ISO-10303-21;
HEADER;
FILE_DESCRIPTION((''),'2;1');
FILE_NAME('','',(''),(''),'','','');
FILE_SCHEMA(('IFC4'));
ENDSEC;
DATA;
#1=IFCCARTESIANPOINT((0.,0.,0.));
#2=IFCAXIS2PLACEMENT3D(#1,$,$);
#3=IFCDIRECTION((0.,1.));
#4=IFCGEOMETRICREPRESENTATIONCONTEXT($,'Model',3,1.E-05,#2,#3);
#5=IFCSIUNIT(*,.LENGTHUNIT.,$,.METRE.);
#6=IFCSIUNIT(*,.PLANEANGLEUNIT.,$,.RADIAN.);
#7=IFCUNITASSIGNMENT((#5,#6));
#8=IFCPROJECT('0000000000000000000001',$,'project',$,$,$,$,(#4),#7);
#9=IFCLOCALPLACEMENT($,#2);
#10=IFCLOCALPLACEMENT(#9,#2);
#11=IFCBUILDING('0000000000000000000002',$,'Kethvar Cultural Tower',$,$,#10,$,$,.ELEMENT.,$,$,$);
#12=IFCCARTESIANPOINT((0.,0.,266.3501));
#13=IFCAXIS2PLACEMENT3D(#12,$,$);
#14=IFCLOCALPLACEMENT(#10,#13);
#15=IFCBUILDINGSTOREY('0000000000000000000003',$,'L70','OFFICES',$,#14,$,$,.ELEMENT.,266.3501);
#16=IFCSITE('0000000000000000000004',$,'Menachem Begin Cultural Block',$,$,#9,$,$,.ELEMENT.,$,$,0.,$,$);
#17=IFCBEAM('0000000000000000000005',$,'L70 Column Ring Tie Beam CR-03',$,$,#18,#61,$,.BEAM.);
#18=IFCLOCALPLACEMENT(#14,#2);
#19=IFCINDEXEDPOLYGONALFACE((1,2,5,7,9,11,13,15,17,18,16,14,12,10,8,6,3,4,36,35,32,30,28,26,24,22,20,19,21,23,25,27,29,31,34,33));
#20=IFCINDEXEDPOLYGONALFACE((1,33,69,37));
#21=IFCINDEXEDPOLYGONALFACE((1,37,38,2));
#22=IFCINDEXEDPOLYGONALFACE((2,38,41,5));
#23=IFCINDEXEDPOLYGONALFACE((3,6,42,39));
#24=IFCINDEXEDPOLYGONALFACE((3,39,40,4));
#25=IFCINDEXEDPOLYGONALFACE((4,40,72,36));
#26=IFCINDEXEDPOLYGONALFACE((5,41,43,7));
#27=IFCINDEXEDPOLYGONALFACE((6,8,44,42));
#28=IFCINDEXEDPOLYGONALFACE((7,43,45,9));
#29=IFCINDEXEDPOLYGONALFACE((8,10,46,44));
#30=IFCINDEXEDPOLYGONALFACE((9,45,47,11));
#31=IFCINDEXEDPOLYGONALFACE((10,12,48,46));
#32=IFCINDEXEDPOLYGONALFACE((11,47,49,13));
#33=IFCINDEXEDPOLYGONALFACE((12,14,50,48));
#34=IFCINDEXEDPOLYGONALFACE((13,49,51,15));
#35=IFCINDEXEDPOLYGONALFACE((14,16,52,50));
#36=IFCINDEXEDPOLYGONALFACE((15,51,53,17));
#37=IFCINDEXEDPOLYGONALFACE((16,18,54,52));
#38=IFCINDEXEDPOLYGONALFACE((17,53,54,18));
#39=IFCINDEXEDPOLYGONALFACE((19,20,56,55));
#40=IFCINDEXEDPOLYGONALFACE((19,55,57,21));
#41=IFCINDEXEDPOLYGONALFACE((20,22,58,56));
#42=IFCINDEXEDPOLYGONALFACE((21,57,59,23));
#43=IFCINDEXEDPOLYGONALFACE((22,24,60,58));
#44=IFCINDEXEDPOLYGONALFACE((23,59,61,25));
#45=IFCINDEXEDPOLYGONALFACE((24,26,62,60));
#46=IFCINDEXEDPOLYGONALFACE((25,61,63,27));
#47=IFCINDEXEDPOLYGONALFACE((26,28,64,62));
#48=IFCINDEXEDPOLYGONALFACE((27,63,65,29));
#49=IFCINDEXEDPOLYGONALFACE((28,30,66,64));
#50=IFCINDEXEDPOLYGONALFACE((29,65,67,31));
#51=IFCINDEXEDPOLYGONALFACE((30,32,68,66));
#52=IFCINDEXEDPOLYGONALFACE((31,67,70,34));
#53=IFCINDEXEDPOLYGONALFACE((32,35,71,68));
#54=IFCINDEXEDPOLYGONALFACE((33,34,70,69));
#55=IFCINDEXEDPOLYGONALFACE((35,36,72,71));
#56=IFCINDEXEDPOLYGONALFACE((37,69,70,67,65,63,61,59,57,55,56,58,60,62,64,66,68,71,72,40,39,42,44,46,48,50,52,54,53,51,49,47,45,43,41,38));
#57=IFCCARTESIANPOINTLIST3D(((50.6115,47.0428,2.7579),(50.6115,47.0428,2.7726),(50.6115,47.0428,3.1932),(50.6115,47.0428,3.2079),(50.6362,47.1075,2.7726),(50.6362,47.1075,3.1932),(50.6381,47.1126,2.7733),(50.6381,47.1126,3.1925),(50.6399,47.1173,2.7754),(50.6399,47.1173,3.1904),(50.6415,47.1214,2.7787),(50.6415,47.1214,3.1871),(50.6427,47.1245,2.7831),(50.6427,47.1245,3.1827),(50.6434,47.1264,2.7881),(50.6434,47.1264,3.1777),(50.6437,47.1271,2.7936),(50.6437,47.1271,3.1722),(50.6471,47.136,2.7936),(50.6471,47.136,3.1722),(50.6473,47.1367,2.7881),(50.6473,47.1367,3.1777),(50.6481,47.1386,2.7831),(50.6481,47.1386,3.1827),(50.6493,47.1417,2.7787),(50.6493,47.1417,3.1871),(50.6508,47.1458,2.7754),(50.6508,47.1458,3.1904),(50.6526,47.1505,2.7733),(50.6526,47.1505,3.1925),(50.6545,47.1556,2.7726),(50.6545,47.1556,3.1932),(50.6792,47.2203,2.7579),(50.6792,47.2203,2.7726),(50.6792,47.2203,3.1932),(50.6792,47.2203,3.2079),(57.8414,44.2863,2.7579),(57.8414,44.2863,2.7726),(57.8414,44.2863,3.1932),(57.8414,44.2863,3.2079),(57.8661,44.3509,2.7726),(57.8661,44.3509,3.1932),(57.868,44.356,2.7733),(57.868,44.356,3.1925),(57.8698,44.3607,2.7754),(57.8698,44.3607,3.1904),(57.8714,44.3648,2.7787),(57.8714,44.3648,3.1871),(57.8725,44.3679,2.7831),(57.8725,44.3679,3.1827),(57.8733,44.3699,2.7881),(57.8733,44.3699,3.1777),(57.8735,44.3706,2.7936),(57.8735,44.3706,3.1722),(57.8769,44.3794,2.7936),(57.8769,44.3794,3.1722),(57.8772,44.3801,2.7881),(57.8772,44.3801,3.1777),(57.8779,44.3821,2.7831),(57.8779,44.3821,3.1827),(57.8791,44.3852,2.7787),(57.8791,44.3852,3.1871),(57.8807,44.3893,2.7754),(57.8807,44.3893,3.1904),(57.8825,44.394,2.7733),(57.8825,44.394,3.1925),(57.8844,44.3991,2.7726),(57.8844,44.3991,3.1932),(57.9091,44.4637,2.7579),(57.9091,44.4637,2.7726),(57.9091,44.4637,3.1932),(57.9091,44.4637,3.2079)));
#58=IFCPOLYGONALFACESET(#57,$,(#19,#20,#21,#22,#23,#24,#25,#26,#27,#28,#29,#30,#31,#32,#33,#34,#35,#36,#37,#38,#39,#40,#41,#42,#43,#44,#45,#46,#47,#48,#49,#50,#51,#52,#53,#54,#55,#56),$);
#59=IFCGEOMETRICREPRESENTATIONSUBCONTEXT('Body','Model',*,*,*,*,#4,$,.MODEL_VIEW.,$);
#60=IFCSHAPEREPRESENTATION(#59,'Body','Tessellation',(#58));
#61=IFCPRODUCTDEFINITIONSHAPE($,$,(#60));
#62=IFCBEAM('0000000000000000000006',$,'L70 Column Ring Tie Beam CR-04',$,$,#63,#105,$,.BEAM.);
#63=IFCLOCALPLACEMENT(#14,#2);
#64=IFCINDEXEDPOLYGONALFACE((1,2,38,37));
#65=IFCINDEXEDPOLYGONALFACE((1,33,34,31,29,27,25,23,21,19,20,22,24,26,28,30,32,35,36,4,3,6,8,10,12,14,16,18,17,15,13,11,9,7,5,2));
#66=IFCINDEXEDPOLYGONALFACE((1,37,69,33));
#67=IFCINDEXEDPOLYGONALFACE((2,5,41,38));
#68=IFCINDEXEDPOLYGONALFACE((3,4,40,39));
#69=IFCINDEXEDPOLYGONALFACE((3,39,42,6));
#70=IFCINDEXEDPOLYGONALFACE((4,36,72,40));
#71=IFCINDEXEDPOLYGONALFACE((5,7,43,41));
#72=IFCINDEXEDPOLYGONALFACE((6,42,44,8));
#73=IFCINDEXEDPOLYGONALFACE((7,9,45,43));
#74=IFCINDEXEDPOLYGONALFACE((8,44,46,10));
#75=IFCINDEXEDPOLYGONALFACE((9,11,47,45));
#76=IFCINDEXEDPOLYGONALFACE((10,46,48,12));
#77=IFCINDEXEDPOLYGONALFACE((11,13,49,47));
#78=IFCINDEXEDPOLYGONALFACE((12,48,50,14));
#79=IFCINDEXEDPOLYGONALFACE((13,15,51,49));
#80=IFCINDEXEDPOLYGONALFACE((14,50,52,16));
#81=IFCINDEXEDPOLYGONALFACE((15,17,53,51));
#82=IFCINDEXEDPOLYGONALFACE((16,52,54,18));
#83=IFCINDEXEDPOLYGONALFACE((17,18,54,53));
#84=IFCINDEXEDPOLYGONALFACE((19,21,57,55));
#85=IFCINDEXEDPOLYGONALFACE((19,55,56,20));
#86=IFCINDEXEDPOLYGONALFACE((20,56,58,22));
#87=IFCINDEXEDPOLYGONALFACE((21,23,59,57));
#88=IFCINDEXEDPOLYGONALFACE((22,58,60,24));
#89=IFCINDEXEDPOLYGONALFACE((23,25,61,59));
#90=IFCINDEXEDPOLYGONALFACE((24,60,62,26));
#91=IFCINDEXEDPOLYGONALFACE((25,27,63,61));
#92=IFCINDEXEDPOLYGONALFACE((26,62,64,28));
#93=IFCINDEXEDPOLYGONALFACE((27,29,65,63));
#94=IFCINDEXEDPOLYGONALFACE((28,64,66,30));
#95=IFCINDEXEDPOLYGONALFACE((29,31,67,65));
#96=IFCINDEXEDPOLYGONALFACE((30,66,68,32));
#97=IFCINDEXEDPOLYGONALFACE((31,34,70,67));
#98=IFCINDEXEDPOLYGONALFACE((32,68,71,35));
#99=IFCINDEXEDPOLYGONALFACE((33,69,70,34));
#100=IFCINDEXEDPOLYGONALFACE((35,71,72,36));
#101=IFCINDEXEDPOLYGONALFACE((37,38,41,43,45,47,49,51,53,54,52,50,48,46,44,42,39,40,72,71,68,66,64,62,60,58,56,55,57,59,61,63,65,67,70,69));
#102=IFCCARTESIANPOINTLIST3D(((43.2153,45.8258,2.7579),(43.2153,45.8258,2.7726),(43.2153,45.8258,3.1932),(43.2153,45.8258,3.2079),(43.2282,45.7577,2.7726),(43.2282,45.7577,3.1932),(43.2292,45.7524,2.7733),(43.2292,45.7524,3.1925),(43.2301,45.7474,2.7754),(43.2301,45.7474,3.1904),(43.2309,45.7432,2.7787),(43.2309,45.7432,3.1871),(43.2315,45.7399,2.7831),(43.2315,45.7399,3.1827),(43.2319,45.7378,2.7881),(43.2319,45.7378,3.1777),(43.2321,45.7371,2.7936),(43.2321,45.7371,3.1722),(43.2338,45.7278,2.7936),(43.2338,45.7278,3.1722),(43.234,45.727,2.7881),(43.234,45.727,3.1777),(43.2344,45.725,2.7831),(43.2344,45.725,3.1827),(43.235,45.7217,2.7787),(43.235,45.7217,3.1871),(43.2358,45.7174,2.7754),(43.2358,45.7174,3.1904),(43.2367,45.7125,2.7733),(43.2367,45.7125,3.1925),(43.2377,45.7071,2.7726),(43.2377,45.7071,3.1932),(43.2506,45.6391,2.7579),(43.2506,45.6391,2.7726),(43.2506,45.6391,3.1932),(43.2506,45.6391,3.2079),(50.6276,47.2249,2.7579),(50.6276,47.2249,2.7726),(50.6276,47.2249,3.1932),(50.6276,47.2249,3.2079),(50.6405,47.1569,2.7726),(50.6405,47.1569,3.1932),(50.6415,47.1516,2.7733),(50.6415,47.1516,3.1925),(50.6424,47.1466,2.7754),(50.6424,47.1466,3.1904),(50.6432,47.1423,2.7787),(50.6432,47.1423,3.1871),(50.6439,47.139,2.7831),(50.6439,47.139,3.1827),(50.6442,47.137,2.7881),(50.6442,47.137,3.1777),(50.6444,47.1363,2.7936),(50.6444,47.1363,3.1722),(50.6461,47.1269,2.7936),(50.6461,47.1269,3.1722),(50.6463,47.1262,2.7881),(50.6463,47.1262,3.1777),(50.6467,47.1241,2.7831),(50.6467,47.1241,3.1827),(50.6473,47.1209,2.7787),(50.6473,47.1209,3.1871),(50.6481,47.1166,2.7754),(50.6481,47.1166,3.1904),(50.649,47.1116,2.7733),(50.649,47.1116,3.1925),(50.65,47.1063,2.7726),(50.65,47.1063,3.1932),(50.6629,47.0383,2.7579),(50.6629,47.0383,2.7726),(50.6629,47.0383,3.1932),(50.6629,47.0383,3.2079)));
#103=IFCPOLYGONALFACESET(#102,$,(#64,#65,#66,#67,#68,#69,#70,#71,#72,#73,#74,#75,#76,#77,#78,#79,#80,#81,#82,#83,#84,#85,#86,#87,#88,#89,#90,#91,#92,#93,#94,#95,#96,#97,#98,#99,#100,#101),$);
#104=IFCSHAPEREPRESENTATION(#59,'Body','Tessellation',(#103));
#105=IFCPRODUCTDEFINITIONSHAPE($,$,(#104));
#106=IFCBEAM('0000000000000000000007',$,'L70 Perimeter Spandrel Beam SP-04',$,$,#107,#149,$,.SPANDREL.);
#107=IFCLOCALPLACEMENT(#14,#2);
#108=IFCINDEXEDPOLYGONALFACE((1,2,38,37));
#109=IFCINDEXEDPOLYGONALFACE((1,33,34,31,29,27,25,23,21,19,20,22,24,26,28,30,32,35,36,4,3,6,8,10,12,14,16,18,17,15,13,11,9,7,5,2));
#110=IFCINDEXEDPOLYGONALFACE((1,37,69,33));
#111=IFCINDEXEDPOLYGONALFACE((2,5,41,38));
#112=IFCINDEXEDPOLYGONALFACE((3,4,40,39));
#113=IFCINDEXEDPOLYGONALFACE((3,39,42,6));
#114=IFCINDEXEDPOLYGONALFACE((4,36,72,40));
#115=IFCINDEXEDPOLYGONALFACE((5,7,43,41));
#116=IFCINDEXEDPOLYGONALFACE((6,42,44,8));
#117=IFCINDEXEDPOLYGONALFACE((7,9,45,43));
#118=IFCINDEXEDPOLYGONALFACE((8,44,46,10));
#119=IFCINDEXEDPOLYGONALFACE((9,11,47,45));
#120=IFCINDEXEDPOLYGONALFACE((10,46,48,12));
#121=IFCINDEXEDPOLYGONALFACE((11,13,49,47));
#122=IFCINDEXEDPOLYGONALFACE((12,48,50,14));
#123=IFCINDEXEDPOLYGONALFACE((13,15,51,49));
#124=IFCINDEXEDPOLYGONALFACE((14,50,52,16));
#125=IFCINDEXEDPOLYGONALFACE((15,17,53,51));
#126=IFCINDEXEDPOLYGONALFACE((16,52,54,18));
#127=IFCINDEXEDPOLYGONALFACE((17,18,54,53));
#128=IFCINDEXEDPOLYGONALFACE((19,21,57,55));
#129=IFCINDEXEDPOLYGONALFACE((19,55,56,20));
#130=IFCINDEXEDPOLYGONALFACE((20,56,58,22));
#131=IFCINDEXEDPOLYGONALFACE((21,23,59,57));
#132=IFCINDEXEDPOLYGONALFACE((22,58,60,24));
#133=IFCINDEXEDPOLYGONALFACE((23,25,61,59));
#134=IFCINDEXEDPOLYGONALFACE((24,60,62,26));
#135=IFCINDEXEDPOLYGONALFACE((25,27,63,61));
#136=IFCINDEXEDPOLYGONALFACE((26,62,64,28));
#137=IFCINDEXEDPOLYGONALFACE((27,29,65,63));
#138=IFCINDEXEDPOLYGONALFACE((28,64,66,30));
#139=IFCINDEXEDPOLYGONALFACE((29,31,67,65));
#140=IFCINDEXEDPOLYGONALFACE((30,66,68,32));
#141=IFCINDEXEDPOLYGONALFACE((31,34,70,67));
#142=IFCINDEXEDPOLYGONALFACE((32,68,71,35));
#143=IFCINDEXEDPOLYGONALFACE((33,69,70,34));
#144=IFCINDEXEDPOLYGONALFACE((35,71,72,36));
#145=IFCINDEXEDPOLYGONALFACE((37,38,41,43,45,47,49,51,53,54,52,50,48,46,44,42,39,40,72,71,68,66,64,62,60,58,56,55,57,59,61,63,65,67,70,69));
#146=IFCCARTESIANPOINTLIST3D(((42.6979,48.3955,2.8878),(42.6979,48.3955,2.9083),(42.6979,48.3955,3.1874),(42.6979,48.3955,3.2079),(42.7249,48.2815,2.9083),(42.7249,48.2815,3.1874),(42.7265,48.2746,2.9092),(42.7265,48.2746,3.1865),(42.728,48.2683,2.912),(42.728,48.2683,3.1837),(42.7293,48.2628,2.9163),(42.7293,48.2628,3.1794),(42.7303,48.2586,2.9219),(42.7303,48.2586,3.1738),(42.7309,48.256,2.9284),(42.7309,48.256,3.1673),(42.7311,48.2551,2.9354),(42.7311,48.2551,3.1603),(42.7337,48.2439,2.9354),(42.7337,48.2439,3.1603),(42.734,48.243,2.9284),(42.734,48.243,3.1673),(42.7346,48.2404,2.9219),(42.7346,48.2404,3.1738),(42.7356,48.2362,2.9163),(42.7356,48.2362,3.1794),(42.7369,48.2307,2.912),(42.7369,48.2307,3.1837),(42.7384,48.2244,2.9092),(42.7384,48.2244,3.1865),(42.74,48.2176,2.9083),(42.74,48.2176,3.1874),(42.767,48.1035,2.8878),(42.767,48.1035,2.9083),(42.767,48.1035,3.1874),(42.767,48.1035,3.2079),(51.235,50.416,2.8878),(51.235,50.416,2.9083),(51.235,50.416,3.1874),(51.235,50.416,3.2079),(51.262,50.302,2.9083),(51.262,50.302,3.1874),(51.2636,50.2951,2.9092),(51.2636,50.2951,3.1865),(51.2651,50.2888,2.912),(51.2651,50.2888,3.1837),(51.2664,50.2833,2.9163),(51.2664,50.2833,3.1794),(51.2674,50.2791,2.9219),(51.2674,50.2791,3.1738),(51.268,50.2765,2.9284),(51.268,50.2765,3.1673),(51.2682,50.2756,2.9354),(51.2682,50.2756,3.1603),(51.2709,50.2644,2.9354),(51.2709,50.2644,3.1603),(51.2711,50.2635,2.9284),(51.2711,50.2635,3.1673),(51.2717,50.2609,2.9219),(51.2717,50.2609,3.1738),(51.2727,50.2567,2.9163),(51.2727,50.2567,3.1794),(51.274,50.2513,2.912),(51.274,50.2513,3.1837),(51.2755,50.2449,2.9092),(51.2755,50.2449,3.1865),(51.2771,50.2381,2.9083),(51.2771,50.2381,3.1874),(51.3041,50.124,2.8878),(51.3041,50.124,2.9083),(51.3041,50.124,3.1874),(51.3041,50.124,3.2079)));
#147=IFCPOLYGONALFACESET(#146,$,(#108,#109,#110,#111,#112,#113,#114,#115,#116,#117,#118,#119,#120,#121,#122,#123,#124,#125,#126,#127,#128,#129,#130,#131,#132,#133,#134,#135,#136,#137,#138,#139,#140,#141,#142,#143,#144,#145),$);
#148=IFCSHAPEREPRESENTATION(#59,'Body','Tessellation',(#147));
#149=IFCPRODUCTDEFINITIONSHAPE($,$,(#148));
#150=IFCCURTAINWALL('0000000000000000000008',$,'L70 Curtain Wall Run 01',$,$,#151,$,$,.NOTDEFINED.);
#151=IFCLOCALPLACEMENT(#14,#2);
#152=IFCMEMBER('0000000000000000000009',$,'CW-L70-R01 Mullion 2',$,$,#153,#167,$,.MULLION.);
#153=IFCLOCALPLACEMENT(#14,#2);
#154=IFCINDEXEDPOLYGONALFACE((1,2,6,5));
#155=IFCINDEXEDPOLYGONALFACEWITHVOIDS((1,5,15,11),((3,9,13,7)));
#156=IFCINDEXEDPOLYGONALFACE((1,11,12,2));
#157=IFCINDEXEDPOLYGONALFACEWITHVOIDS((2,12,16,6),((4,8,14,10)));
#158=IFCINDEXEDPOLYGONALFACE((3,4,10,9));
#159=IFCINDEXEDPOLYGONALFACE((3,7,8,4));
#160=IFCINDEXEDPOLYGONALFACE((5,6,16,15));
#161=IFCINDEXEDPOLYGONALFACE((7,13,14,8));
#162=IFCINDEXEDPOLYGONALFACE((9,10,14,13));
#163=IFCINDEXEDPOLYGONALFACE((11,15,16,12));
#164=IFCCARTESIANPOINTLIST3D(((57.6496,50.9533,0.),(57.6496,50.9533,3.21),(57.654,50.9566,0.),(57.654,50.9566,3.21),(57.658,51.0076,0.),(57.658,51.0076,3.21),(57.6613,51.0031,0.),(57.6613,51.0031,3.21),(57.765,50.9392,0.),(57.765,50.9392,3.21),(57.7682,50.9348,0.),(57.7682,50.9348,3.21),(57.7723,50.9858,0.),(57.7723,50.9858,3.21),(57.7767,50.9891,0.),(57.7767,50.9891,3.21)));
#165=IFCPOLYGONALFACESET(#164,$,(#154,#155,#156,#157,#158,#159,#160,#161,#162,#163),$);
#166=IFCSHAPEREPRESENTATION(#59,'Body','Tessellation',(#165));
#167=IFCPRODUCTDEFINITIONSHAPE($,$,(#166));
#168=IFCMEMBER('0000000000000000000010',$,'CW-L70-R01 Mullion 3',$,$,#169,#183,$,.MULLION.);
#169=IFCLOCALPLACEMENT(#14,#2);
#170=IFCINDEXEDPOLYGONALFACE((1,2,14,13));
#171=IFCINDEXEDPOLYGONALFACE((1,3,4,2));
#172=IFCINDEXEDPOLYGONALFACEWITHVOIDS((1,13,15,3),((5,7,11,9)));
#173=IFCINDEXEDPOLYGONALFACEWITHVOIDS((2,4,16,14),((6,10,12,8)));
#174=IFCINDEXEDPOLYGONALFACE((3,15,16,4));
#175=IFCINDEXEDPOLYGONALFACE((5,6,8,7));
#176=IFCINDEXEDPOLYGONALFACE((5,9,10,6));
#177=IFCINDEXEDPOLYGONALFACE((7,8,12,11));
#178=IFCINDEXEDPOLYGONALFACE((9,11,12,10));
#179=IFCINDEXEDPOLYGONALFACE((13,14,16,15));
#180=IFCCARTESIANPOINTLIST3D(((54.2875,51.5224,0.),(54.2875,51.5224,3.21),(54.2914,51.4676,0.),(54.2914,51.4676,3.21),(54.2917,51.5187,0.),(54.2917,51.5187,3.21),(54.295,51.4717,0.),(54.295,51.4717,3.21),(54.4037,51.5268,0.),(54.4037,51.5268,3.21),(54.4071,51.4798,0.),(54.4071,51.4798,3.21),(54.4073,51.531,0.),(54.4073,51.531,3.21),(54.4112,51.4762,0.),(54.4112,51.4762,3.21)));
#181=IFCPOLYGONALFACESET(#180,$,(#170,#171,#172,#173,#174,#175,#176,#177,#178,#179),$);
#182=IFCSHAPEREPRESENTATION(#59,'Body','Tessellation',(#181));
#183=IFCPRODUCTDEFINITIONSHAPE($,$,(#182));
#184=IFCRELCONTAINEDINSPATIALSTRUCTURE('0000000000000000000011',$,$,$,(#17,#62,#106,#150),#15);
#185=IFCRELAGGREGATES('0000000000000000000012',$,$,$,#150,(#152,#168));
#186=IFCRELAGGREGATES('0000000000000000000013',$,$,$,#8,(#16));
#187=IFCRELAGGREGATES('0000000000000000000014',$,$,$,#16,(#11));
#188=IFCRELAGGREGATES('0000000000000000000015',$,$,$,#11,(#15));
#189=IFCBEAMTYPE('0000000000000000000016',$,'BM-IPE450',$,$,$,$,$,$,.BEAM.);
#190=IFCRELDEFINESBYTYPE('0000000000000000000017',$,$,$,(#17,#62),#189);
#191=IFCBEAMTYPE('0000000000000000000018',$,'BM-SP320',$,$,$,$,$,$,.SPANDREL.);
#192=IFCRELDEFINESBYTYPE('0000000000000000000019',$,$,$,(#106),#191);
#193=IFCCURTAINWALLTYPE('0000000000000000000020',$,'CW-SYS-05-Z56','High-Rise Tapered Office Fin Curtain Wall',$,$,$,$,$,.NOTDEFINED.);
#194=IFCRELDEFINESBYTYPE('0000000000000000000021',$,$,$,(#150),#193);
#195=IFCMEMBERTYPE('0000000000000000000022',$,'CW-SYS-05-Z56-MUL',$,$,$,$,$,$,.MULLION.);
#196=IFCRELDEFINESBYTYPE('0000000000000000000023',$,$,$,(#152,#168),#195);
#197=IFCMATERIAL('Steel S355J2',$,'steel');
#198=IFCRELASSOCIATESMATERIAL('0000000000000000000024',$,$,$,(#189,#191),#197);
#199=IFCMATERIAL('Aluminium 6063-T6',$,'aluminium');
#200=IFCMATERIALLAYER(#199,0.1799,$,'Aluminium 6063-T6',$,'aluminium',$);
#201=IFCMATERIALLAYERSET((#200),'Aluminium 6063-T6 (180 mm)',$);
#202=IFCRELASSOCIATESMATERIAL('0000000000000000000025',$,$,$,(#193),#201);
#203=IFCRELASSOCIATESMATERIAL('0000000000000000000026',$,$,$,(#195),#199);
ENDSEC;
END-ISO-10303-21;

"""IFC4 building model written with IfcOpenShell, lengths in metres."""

from ifc_helpers import new_model, si_unit, direction, frame, origin, origin_2d, place, context, subcontext, project, spatial, hollow_rectangle, i_section, extrude, source, transform, mapped, material, layer, layer_set, material_profile, profile_set, type_object, element, aggregate, save


model = new_model("IFC4")

# Units and contexts
model_context = context("Model", 3, precision=1e-05, world=origin(), true_north=direction((0.0, 1.0)))
body_context = subcontext(model_context, "Body", "Model", "MODEL_VIEW")
ifc_project = project(units=[si_unit("LENGTHUNIT", "METRE"), si_unit("PLANEANGLEUNIT", "RADIAN")], contexts=[model_context])

# Site, building, storey
site_placement = place(None, origin())
site = spatial("IfcSite", under=ifc_project, at=site_placement, Name="Menachem Begin Cultural Block", CompositionType="ELEMENT", RefElevation=0.0)
building_placement = place(site_placement, origin())
building = spatial("IfcBuilding", under=site, at=building_placement, Name="Kethvar Cultural Tower", CompositionType="ELEMENT")
storey_placement = place(building_placement, frame((0.0, 0.0, 266.3501)))
storey = spatial("IfcBuildingStorey", under=building, at=storey_placement, Name="L70", Description="OFFICES", CompositionType="ELEMENT", Elevation=266.3501)

# Shared definitions
ifc_material_1 = material(Name="Steel S355J2", Category="steel")

# Beams
ifc_material_profile_1 = material_profile(ifc_material_1, i_section(OverallWidth=0.1899, OverallDepth=0.45, WebThickness=0.0095, FlangeThickness=0.0146, FilletRadius=0.021, at=origin_2d()), Name="Steel S355J2 — IPE450")
ifc_profile_set_1 = profile_set([ifc_material_profile_1], Name="Steel S355J2 — IPE450")
beam_type_1 = type_object("IfcBeamType", Name="BM-IPE450", PredefinedType="BEAM", material=ifc_profile_set_1)
shared_shape_1 = source(origin(), body_context, "Body", "SweptSolid", [
    extrude(i_section(OverallWidth=0.1899, OverallDepth=0.45, WebThickness=0.0095, FlangeThickness=0.0146, FilletRadius=0.021, at=origin_2d()), origin(), (0.0, 0.0, 1.0), 7.7375),
])
beam_1_placement = place(storey_placement, frame((57.8752, 44.375, 2.9829), z_axis=(-0.934388, 0.356256, 0.0), x_axis=(-0.356256, -0.934388, 0.0)))
element("IfcBeam", 1, at=beam_1_placement, inside=storey, type_object=beam_type_1, Name="L70 Column Ring Tie Beam CR-03", PredefinedType="BEAM", context=body_context, shape_type="MappedRepresentation", body=[
    mapped(shared_shape_1, transform((0.0, 0.0, 0.0), scale=1.0)),
])
shared_shape_2 = source(origin(), body_context, "Body", "SweptSolid", [
    extrude(i_section(OverallWidth=0.1899, OverallDepth=0.45, WebThickness=0.0095, FlangeThickness=0.0146, FilletRadius=0.021, at=origin_2d()), origin(), (0.0, 0.0, 1.0), 7.5432),
])
beam_2_placement = place(storey_placement, frame((50.6453, 47.1316, 2.9829), z_axis=(-0.982647, -0.185486, 0.0), x_axis=(0.185486, -0.982647, 0.0)))
element("IfcBeam", 2, at=beam_2_placement, inside=storey, type_object=beam_type_1, Name="L70 Column Ring Tie Beam CR-04", PredefinedType="BEAM", context=body_context, shape_type="MappedRepresentation", body=[
    mapped(shared_shape_2, transform((0.0, 0.0, 0.0), scale=1.0)),
])
ifc_material_profile_2 = material_profile(ifc_material_1, i_section(OverallWidth=0.3, OverallDepth=0.3201, WebThickness=0.0115, FlangeThickness=0.0205, FilletRadius=0.0271, at=origin_2d()), Name="Steel S355J2 — HEB320")
ifc_profile_set_2 = profile_set([ifc_material_profile_2], Name="Steel S355J2 — HEB320")
beam_type_2 = type_object("IfcBeamType", Name="BM-SP320", PredefinedType="SPANDREL", material=ifc_profile_set_2)
shared_shape_3 = source(origin(), body_context, "Body", "SweptSolid", [
    extrude(i_section(OverallWidth=0.3, OverallDepth=0.3201, WebThickness=0.0115, FlangeThickness=0.0205, FilletRadius=0.0271, at=origin_2d()), origin(), (0.0, 0.0, 1.0), 8.7729),
])
beam_3_placement = place(storey_placement, frame((51.2695, 50.27, 3.0479), z_axis=(-0.973117, -0.230311, 0.0), x_axis=(0.230311, -0.973117, 0.0)))
element("IfcBeam", 3, at=beam_3_placement, inside=storey, type_object=beam_type_2, Name="L70 Perimeter Spandrel Beam SP-04", PredefinedType="SPANDREL", context=body_context, shape_type="MappedRepresentation", body=[
    mapped(shared_shape_3, transform((0.0, 0.0, 0.0), scale=1.0)),
])

# Curtain wall, members
ifc_material_2 = material(Name="Aluminium 6063-T6", Category="aluminium")
ifc_layer_1 = layer(ifc_material_2, 0.1799, Name="Aluminium 6063-T6", Category="aluminium")
ifc_layer_set_1 = layer_set([ifc_layer_1], Name="Aluminium 6063-T6 (180 mm)")
curtain_wall_type = type_object("IfcCurtainWallType", Name="CW-SYS-05-Z56", Description="High-Rise Tapered Office Fin Curtain Wall", PredefinedType="NOTDEFINED", material=ifc_layer_set_1)
curtain_wall_placement = place(storey_placement, origin())
curtain_wall = element("IfcCurtainWall", 4, at=curtain_wall_placement, inside=storey, type_object=curtain_wall_type, Name="L70 Curtain Wall Run 01", PredefinedType="NOTDEFINED")
ifc_material_profile_3 = material_profile(ifc_material_2, hollow_rectangle(XDim=0.0549, YDim=0.1201, WallThickness=0.0039, at=origin_2d()), Name="Aluminium 6063-T6 — RHS120x55x4")
ifc_profile_set_3 = profile_set([ifc_material_profile_3], Name="Aluminium 6063-T6 — RHS120x55x4")
member_type_1 = type_object("IfcMemberType", Name="CW-SYS-05-Z56-MUL", PredefinedType="MULLION", material=ifc_profile_set_3)
shared_shape_4 = source(origin(), body_context, "Body", "SweptSolid", [
    extrude(hollow_rectangle(XDim=0.0549, YDim=0.1201, WallThickness=0.0039, at=origin_2d()), origin(), (0.0, 0.0, 1.0), 3.21),
])
member_1_placement = place(storey_placement, frame((57.7131, 50.9712, 0.0), z_axis=(0.0, 0.0, 1.0), x_axis=(-0.154331, -0.988019, 0.0)))
member_1 = element("IfcMember", 5, at=member_1_placement, type_object=member_type_1, Name="CW-L70-R01 Mullion 2", PredefinedType="MULLION", context=body_context, shape_type="MappedRepresentation", body=[
    mapped(shared_shape_4, transform((0.0, 0.0, 0.0), scale=1.0)),
])
member_2_placement = place(storey_placement, frame((54.3494, 51.4993, 0.0), z_axis=(0.0, 0.0, 1.0), x_axis=(0.071741, -0.997423, 0.0)))
member_2 = element("IfcMember", 6, at=member_2_placement, type_object=member_type_1, Name="CW-L70-R01 Mullion 3", PredefinedType="MULLION", context=body_context, shape_type="MappedRepresentation", body=[
    mapped(shared_shape_4, transform((0.0, 0.0, 0.0), scale=1.0)),
])
aggregate(curtain_wall, [member_1, member_2])

save(model, "model.ifc")
